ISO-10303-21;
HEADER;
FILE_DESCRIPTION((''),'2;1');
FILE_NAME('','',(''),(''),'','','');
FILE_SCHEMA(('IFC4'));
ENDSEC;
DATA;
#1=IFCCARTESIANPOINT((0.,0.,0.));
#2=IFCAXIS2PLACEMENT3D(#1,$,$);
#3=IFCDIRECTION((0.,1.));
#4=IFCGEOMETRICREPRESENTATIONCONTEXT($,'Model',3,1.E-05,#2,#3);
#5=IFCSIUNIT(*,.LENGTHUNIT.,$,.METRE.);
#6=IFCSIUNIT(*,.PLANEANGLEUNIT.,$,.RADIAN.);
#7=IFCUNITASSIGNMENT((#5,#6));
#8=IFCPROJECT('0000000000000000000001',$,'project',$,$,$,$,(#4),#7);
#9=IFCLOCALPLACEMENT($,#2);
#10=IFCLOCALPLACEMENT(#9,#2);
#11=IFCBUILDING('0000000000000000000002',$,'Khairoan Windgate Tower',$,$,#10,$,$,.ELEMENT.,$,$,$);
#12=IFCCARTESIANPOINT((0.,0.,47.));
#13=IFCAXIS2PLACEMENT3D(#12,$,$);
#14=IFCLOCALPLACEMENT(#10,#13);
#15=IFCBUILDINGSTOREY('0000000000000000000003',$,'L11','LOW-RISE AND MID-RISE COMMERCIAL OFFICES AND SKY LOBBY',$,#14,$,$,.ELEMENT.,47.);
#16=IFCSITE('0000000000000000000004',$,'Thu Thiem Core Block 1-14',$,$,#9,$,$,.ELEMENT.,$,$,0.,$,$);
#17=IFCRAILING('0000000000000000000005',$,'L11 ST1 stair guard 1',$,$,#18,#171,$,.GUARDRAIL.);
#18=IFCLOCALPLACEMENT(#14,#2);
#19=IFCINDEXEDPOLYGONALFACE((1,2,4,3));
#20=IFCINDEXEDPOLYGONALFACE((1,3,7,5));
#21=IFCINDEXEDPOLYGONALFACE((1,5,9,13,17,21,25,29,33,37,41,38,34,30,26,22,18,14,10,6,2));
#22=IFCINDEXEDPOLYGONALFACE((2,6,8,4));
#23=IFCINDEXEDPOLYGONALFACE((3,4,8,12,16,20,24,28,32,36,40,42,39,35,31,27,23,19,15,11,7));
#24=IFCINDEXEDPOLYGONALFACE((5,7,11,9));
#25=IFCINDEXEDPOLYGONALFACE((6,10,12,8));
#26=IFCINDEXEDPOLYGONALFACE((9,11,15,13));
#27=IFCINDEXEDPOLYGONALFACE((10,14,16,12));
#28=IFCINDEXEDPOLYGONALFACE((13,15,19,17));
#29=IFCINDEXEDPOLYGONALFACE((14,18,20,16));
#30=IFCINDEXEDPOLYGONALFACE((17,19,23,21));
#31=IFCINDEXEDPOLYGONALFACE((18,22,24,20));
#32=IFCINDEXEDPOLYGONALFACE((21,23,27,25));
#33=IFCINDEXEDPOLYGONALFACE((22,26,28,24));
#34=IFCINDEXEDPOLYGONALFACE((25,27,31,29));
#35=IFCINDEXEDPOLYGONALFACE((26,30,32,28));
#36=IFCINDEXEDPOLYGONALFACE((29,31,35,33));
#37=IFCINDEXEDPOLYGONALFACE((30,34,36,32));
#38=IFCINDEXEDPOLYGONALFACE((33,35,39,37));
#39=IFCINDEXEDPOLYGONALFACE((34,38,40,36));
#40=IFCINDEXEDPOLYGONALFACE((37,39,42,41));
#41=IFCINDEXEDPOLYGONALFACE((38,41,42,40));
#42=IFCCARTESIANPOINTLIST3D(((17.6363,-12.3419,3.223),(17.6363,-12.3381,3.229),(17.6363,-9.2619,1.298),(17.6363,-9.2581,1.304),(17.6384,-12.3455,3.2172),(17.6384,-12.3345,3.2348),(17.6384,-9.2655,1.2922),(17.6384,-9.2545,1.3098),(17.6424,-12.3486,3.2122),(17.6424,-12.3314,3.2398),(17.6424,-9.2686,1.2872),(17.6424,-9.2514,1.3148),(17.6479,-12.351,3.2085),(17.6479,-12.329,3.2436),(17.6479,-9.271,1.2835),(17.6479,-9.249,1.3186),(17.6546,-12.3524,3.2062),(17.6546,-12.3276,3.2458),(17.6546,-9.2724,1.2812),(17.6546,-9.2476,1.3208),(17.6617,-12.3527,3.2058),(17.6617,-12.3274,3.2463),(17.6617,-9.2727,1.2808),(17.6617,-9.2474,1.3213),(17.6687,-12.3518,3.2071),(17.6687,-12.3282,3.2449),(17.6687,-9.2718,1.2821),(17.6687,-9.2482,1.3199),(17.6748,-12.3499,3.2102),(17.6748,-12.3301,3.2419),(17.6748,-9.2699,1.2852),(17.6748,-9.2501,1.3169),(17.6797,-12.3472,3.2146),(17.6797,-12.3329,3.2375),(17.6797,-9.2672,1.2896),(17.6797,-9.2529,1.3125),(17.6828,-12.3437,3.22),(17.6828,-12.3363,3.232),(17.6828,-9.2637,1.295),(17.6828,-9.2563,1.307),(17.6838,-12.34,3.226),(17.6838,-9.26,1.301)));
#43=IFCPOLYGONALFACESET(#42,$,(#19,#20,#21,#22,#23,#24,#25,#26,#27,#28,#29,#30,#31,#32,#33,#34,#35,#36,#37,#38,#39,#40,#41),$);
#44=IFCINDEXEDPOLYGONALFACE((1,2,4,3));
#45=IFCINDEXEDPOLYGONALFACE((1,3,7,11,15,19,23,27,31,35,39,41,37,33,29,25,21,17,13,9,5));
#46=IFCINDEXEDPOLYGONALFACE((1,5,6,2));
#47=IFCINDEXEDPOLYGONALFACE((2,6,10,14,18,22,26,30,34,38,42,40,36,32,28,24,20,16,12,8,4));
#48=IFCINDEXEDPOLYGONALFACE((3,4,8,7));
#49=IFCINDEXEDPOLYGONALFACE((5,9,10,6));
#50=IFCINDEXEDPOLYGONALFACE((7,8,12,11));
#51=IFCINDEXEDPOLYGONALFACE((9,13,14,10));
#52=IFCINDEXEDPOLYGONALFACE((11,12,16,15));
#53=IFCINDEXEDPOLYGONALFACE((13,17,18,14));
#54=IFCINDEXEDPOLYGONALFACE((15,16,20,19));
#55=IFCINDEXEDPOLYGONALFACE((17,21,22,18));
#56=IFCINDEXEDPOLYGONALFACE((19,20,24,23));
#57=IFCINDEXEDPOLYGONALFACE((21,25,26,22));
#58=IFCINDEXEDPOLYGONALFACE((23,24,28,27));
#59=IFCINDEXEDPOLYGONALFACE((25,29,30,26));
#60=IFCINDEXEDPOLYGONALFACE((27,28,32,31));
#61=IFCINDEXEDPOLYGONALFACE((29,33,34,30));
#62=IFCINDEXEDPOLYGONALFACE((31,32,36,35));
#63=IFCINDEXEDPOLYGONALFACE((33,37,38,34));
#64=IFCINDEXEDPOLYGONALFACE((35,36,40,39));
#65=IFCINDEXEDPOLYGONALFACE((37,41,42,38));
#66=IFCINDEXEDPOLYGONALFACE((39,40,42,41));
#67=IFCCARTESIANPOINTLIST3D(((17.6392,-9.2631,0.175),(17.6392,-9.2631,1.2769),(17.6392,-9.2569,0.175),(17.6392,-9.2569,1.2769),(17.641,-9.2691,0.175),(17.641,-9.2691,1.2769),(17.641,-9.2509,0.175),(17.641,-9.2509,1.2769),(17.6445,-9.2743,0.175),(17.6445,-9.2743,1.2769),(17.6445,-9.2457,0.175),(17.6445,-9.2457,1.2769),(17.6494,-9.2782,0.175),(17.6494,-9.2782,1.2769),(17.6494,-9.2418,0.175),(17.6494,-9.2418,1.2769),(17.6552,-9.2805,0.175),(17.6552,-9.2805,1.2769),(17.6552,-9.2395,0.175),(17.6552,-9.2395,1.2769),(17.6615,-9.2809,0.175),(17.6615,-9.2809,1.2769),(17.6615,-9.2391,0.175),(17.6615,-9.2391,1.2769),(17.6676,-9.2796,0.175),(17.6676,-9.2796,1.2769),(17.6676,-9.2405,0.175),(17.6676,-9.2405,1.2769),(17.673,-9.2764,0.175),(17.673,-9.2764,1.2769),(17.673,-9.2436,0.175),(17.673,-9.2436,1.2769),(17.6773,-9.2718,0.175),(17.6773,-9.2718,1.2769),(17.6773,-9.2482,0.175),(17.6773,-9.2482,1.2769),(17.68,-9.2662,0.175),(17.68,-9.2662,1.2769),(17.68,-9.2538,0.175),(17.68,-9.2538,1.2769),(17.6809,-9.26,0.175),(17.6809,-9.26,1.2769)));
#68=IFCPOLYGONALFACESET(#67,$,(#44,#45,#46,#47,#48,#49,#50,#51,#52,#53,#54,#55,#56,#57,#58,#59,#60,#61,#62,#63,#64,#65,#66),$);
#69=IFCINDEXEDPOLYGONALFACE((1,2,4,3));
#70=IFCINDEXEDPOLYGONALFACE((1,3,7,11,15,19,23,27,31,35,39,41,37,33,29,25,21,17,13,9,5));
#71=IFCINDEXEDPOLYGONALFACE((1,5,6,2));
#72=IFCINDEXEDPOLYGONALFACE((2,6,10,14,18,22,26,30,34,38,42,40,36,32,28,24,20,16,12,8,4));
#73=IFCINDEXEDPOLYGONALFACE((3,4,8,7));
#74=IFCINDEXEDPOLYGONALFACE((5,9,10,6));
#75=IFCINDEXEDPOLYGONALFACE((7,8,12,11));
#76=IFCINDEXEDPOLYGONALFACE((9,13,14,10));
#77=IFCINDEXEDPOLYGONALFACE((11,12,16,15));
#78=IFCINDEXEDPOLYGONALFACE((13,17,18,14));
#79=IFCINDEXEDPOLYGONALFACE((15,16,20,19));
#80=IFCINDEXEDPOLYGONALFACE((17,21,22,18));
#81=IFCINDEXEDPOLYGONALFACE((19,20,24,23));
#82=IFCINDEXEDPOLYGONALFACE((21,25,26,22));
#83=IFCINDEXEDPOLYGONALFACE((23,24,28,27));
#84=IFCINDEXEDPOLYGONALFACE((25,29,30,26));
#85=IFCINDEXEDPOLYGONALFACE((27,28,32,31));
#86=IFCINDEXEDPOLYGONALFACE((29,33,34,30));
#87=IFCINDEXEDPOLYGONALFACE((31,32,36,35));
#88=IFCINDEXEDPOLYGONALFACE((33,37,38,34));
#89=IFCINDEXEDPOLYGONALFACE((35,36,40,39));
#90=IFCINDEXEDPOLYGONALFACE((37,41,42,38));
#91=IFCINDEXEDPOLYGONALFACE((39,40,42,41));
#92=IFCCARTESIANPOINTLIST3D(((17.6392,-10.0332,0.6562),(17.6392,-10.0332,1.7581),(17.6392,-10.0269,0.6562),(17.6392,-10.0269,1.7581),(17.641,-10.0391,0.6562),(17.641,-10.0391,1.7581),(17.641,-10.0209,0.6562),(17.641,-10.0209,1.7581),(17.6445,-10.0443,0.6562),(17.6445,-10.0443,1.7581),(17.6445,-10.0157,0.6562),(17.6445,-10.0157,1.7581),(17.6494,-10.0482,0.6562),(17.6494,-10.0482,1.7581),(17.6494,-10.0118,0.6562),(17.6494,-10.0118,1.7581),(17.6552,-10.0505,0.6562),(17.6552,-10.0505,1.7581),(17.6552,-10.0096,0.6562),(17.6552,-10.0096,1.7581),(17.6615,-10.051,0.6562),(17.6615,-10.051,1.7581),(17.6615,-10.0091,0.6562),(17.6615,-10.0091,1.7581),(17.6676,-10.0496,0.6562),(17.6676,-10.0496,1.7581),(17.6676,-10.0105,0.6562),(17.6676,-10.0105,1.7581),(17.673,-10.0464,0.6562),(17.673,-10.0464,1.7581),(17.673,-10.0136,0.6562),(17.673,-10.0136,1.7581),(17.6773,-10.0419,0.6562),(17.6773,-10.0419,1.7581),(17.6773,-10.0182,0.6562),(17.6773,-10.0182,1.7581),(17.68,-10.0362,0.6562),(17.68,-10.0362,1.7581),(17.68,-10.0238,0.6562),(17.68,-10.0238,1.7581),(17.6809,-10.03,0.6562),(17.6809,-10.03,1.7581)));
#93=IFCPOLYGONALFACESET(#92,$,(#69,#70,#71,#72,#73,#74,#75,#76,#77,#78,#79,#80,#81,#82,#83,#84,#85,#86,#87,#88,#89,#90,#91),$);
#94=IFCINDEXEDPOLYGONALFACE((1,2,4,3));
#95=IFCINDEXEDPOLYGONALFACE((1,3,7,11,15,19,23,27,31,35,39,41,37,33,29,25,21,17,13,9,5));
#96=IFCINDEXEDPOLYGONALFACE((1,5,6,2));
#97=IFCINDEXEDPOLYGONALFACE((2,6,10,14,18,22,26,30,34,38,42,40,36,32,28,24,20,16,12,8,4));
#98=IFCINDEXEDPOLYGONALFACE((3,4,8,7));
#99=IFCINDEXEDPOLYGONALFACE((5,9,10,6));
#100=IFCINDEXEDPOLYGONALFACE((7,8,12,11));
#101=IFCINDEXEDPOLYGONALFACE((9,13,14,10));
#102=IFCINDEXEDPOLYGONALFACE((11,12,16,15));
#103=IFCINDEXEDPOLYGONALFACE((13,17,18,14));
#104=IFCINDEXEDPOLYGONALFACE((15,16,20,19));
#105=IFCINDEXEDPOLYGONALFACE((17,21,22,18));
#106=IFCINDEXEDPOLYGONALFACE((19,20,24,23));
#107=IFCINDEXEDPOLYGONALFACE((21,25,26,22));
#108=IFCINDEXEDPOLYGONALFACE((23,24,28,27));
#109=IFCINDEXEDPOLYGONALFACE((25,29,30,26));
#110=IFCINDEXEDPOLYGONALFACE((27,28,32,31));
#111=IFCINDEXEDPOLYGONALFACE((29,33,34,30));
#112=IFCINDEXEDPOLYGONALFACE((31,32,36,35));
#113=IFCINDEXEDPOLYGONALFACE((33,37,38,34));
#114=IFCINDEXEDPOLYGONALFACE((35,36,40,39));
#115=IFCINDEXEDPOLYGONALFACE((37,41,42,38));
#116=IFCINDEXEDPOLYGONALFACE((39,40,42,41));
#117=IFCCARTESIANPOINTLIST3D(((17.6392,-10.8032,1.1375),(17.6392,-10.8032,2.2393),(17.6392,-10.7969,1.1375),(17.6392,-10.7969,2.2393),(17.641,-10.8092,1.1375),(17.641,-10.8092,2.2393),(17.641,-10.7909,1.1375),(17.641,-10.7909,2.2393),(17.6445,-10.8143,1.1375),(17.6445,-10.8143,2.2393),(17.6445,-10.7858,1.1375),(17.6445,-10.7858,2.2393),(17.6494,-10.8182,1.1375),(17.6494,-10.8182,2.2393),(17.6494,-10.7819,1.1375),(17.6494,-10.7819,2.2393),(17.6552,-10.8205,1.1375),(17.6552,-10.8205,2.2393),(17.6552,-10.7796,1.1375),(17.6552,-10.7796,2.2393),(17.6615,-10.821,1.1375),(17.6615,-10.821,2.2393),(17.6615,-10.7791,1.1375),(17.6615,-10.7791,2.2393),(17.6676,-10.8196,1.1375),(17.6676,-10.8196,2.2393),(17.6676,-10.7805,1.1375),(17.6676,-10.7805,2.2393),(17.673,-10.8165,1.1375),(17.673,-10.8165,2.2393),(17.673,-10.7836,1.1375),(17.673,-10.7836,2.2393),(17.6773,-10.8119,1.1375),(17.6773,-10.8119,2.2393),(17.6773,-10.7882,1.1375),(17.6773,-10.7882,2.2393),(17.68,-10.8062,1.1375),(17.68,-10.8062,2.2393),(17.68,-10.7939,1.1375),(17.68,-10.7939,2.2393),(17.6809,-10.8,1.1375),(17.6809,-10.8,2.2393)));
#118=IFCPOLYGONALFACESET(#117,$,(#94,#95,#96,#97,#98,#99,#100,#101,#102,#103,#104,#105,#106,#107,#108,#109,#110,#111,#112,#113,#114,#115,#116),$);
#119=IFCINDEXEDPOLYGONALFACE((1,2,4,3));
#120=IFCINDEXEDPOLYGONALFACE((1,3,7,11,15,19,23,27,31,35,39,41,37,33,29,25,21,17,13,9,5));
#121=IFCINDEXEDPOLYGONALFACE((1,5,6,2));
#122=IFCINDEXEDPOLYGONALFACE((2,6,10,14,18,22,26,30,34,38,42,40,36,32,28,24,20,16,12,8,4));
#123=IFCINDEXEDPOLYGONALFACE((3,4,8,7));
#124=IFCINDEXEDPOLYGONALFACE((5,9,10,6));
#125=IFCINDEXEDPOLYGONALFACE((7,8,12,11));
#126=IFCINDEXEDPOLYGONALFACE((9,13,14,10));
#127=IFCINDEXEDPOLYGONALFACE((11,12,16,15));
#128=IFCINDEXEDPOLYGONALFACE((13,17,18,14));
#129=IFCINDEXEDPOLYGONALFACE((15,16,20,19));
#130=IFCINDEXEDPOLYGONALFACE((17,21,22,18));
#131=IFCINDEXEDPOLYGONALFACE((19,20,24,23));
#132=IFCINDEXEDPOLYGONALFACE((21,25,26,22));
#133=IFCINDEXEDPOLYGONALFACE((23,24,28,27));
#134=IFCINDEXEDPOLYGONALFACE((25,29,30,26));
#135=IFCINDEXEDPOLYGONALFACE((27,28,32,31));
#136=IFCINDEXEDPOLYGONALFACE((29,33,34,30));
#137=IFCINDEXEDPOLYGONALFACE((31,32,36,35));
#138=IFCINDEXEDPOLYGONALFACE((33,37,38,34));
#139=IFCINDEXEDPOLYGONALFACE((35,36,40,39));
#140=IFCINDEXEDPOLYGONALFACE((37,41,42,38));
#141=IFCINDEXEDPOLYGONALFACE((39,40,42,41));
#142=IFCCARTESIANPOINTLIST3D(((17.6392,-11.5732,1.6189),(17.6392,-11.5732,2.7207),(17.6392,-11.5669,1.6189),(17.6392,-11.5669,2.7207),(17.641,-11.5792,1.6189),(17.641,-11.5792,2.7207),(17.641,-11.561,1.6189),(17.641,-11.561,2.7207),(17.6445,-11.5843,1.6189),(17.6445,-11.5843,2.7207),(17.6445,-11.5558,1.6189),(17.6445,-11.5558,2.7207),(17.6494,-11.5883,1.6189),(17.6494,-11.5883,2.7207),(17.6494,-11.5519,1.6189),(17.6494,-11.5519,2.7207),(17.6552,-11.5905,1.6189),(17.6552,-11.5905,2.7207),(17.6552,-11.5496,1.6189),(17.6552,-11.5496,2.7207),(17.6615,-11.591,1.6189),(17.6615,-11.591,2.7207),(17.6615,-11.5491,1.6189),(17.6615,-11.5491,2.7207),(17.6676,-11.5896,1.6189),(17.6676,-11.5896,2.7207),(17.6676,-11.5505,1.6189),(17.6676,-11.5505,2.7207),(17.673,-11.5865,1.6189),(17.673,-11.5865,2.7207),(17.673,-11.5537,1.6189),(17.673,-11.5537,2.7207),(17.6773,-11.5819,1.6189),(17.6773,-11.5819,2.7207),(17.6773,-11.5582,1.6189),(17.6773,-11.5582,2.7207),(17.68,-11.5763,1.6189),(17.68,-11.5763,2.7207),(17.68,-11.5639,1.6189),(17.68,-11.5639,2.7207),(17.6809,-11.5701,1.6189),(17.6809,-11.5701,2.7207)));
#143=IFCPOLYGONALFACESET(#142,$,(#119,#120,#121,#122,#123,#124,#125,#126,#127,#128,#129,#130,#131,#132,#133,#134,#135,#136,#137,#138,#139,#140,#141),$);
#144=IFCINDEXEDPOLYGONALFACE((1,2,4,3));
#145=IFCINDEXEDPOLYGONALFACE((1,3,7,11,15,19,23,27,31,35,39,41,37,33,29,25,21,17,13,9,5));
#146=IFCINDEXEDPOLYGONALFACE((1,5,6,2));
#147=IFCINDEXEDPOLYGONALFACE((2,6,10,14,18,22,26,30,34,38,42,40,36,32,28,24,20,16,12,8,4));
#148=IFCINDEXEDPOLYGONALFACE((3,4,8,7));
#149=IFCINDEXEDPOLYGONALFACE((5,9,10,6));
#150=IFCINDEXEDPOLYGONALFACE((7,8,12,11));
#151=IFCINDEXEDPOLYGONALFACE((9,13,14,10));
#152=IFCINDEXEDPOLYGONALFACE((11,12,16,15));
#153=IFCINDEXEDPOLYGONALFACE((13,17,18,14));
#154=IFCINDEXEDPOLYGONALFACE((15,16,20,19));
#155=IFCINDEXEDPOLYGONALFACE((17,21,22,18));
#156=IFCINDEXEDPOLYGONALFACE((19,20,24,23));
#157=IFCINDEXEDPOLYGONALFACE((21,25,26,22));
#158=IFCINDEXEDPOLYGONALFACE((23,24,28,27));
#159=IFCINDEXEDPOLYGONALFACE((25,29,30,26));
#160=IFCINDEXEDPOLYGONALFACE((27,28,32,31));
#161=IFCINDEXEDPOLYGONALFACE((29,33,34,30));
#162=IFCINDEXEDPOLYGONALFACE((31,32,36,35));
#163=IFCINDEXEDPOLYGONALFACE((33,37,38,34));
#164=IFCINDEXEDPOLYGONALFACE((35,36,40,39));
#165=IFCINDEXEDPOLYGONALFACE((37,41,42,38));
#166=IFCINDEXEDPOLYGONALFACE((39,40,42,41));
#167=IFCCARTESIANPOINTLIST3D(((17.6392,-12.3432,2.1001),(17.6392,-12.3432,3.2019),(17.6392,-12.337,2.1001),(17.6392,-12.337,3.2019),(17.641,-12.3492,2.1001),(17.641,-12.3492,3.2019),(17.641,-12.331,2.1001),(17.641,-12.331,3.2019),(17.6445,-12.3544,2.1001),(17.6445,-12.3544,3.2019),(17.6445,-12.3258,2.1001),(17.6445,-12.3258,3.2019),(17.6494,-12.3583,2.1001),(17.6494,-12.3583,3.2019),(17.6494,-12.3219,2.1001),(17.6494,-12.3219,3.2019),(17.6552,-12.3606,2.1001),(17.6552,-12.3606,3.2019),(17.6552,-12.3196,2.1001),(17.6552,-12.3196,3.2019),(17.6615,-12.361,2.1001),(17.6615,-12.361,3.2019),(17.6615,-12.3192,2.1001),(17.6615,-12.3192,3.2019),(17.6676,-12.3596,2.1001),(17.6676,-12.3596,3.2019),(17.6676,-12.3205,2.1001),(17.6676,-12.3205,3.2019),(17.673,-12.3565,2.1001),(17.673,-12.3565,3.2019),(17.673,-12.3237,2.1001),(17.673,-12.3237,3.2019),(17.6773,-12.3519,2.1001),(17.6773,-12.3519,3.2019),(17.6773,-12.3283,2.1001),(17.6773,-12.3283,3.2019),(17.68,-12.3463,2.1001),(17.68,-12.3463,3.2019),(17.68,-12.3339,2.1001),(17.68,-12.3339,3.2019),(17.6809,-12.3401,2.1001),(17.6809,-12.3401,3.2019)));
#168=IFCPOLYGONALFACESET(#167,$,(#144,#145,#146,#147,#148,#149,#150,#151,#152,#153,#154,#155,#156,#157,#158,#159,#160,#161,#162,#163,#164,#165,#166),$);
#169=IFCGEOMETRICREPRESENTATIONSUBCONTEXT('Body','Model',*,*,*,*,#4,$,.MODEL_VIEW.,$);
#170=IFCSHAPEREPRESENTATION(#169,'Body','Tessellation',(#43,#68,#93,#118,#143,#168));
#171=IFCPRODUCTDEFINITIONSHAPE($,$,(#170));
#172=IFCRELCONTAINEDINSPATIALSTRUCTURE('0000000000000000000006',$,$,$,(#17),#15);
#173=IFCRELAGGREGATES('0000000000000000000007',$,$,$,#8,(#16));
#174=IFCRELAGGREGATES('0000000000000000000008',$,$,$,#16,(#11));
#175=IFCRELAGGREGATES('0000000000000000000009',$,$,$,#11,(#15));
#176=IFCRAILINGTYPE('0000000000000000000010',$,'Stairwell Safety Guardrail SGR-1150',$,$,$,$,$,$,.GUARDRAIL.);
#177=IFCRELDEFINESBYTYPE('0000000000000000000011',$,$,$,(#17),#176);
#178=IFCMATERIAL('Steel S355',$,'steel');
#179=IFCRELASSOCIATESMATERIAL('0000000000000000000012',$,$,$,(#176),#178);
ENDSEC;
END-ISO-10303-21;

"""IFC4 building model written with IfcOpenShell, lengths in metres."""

from ifc_helpers import new_model, si_unit, direction, frame, origin, origin_2d, place, context, subcontext, project, spatial, circle, extrude, material, type_object, element, save


model = new_model("IFC4")

# Units and contexts
model_context = context("Model", 3, precision=1e-05, world=origin(), true_north=direction((0.0, 1.0)))
body_context = subcontext(model_context, "Body", "Model", "MODEL_VIEW")
ifc_project = project(units=[si_unit("LENGTHUNIT", "METRE"), si_unit("PLANEANGLEUNIT", "RADIAN")], contexts=[model_context])

# Site, building, storey
site_placement = place(None, origin())
site = spatial("IfcSite", under=ifc_project, at=site_placement, Name="Thu Thiem Core Block 1-14", CompositionType="ELEMENT", RefElevation=0.0)
building_placement = place(site_placement, origin())
building = spatial("IfcBuilding", under=site, at=building_placement, Name="Khairoan Windgate Tower", CompositionType="ELEMENT")
storey_placement = place(building_placement, frame((0.0, 0.0, 47.0)))
storey = spatial("IfcBuildingStorey", under=building, at=storey_placement, Name="L11", Description="LOW-RISE AND MID-RISE COMMERCIAL OFFICES AND SKY LOBBY", CompositionType="ELEMENT", Elevation=47.0)

# Railing
ifc_material_1 = material(Name="Steel S355", Category="steel")
railing_type_1 = type_object("IfcRailingType", Name="Stairwell Safety Guardrail SGR-1150", PredefinedType="GUARDRAIL", material=ifc_material_1)
railing_1_placement = place(storey_placement, frame((17.6599, -9.26, 0.175)))
element("IfcRailing", 1, at=railing_1_placement, inside=storey, type_object=railing_type_1, Name="L11 ST1 stair guard 1", PredefinedType="GUARDRAIL", context=body_context, shape_type="SweptSolid", body=[
    extrude(circle(Radius=0.0239, at=origin_2d()), frame((0.0, 0.0, 1.126), z_axis=(0.0, -0.847998, 0.529999), x_axis=(1.0, 0.0, 0.0)), (0.0, 0.0, 1.0), 3.6321),
    extrude(circle(Radius=0.021, at=origin_2d()), origin(), (0.0, 0.0, 1.0), 1.1018),
    extrude(circle(Radius=0.021, at=origin_2d()), frame((0.0, -0.77, 0.4812)), (0.0, 0.0, 1.0), 1.1018),
    extrude(circle(Radius=0.021, at=origin_2d()), frame((0.0, -1.54, 0.9624)), (0.0, 0.0, 1.0), 1.1018),
    extrude(circle(Radius=0.021, at=origin_2d()), frame((0.0, -2.3101, 1.4438)), (0.0, 0.0, 1.0), 1.1018),
    extrude(circle(Radius=0.021, at=origin_2d()), frame((0.0, -3.0801, 1.925)), (0.0, 0.0, 1.0), 1.1018),
])

save(model, "model.ifc")
